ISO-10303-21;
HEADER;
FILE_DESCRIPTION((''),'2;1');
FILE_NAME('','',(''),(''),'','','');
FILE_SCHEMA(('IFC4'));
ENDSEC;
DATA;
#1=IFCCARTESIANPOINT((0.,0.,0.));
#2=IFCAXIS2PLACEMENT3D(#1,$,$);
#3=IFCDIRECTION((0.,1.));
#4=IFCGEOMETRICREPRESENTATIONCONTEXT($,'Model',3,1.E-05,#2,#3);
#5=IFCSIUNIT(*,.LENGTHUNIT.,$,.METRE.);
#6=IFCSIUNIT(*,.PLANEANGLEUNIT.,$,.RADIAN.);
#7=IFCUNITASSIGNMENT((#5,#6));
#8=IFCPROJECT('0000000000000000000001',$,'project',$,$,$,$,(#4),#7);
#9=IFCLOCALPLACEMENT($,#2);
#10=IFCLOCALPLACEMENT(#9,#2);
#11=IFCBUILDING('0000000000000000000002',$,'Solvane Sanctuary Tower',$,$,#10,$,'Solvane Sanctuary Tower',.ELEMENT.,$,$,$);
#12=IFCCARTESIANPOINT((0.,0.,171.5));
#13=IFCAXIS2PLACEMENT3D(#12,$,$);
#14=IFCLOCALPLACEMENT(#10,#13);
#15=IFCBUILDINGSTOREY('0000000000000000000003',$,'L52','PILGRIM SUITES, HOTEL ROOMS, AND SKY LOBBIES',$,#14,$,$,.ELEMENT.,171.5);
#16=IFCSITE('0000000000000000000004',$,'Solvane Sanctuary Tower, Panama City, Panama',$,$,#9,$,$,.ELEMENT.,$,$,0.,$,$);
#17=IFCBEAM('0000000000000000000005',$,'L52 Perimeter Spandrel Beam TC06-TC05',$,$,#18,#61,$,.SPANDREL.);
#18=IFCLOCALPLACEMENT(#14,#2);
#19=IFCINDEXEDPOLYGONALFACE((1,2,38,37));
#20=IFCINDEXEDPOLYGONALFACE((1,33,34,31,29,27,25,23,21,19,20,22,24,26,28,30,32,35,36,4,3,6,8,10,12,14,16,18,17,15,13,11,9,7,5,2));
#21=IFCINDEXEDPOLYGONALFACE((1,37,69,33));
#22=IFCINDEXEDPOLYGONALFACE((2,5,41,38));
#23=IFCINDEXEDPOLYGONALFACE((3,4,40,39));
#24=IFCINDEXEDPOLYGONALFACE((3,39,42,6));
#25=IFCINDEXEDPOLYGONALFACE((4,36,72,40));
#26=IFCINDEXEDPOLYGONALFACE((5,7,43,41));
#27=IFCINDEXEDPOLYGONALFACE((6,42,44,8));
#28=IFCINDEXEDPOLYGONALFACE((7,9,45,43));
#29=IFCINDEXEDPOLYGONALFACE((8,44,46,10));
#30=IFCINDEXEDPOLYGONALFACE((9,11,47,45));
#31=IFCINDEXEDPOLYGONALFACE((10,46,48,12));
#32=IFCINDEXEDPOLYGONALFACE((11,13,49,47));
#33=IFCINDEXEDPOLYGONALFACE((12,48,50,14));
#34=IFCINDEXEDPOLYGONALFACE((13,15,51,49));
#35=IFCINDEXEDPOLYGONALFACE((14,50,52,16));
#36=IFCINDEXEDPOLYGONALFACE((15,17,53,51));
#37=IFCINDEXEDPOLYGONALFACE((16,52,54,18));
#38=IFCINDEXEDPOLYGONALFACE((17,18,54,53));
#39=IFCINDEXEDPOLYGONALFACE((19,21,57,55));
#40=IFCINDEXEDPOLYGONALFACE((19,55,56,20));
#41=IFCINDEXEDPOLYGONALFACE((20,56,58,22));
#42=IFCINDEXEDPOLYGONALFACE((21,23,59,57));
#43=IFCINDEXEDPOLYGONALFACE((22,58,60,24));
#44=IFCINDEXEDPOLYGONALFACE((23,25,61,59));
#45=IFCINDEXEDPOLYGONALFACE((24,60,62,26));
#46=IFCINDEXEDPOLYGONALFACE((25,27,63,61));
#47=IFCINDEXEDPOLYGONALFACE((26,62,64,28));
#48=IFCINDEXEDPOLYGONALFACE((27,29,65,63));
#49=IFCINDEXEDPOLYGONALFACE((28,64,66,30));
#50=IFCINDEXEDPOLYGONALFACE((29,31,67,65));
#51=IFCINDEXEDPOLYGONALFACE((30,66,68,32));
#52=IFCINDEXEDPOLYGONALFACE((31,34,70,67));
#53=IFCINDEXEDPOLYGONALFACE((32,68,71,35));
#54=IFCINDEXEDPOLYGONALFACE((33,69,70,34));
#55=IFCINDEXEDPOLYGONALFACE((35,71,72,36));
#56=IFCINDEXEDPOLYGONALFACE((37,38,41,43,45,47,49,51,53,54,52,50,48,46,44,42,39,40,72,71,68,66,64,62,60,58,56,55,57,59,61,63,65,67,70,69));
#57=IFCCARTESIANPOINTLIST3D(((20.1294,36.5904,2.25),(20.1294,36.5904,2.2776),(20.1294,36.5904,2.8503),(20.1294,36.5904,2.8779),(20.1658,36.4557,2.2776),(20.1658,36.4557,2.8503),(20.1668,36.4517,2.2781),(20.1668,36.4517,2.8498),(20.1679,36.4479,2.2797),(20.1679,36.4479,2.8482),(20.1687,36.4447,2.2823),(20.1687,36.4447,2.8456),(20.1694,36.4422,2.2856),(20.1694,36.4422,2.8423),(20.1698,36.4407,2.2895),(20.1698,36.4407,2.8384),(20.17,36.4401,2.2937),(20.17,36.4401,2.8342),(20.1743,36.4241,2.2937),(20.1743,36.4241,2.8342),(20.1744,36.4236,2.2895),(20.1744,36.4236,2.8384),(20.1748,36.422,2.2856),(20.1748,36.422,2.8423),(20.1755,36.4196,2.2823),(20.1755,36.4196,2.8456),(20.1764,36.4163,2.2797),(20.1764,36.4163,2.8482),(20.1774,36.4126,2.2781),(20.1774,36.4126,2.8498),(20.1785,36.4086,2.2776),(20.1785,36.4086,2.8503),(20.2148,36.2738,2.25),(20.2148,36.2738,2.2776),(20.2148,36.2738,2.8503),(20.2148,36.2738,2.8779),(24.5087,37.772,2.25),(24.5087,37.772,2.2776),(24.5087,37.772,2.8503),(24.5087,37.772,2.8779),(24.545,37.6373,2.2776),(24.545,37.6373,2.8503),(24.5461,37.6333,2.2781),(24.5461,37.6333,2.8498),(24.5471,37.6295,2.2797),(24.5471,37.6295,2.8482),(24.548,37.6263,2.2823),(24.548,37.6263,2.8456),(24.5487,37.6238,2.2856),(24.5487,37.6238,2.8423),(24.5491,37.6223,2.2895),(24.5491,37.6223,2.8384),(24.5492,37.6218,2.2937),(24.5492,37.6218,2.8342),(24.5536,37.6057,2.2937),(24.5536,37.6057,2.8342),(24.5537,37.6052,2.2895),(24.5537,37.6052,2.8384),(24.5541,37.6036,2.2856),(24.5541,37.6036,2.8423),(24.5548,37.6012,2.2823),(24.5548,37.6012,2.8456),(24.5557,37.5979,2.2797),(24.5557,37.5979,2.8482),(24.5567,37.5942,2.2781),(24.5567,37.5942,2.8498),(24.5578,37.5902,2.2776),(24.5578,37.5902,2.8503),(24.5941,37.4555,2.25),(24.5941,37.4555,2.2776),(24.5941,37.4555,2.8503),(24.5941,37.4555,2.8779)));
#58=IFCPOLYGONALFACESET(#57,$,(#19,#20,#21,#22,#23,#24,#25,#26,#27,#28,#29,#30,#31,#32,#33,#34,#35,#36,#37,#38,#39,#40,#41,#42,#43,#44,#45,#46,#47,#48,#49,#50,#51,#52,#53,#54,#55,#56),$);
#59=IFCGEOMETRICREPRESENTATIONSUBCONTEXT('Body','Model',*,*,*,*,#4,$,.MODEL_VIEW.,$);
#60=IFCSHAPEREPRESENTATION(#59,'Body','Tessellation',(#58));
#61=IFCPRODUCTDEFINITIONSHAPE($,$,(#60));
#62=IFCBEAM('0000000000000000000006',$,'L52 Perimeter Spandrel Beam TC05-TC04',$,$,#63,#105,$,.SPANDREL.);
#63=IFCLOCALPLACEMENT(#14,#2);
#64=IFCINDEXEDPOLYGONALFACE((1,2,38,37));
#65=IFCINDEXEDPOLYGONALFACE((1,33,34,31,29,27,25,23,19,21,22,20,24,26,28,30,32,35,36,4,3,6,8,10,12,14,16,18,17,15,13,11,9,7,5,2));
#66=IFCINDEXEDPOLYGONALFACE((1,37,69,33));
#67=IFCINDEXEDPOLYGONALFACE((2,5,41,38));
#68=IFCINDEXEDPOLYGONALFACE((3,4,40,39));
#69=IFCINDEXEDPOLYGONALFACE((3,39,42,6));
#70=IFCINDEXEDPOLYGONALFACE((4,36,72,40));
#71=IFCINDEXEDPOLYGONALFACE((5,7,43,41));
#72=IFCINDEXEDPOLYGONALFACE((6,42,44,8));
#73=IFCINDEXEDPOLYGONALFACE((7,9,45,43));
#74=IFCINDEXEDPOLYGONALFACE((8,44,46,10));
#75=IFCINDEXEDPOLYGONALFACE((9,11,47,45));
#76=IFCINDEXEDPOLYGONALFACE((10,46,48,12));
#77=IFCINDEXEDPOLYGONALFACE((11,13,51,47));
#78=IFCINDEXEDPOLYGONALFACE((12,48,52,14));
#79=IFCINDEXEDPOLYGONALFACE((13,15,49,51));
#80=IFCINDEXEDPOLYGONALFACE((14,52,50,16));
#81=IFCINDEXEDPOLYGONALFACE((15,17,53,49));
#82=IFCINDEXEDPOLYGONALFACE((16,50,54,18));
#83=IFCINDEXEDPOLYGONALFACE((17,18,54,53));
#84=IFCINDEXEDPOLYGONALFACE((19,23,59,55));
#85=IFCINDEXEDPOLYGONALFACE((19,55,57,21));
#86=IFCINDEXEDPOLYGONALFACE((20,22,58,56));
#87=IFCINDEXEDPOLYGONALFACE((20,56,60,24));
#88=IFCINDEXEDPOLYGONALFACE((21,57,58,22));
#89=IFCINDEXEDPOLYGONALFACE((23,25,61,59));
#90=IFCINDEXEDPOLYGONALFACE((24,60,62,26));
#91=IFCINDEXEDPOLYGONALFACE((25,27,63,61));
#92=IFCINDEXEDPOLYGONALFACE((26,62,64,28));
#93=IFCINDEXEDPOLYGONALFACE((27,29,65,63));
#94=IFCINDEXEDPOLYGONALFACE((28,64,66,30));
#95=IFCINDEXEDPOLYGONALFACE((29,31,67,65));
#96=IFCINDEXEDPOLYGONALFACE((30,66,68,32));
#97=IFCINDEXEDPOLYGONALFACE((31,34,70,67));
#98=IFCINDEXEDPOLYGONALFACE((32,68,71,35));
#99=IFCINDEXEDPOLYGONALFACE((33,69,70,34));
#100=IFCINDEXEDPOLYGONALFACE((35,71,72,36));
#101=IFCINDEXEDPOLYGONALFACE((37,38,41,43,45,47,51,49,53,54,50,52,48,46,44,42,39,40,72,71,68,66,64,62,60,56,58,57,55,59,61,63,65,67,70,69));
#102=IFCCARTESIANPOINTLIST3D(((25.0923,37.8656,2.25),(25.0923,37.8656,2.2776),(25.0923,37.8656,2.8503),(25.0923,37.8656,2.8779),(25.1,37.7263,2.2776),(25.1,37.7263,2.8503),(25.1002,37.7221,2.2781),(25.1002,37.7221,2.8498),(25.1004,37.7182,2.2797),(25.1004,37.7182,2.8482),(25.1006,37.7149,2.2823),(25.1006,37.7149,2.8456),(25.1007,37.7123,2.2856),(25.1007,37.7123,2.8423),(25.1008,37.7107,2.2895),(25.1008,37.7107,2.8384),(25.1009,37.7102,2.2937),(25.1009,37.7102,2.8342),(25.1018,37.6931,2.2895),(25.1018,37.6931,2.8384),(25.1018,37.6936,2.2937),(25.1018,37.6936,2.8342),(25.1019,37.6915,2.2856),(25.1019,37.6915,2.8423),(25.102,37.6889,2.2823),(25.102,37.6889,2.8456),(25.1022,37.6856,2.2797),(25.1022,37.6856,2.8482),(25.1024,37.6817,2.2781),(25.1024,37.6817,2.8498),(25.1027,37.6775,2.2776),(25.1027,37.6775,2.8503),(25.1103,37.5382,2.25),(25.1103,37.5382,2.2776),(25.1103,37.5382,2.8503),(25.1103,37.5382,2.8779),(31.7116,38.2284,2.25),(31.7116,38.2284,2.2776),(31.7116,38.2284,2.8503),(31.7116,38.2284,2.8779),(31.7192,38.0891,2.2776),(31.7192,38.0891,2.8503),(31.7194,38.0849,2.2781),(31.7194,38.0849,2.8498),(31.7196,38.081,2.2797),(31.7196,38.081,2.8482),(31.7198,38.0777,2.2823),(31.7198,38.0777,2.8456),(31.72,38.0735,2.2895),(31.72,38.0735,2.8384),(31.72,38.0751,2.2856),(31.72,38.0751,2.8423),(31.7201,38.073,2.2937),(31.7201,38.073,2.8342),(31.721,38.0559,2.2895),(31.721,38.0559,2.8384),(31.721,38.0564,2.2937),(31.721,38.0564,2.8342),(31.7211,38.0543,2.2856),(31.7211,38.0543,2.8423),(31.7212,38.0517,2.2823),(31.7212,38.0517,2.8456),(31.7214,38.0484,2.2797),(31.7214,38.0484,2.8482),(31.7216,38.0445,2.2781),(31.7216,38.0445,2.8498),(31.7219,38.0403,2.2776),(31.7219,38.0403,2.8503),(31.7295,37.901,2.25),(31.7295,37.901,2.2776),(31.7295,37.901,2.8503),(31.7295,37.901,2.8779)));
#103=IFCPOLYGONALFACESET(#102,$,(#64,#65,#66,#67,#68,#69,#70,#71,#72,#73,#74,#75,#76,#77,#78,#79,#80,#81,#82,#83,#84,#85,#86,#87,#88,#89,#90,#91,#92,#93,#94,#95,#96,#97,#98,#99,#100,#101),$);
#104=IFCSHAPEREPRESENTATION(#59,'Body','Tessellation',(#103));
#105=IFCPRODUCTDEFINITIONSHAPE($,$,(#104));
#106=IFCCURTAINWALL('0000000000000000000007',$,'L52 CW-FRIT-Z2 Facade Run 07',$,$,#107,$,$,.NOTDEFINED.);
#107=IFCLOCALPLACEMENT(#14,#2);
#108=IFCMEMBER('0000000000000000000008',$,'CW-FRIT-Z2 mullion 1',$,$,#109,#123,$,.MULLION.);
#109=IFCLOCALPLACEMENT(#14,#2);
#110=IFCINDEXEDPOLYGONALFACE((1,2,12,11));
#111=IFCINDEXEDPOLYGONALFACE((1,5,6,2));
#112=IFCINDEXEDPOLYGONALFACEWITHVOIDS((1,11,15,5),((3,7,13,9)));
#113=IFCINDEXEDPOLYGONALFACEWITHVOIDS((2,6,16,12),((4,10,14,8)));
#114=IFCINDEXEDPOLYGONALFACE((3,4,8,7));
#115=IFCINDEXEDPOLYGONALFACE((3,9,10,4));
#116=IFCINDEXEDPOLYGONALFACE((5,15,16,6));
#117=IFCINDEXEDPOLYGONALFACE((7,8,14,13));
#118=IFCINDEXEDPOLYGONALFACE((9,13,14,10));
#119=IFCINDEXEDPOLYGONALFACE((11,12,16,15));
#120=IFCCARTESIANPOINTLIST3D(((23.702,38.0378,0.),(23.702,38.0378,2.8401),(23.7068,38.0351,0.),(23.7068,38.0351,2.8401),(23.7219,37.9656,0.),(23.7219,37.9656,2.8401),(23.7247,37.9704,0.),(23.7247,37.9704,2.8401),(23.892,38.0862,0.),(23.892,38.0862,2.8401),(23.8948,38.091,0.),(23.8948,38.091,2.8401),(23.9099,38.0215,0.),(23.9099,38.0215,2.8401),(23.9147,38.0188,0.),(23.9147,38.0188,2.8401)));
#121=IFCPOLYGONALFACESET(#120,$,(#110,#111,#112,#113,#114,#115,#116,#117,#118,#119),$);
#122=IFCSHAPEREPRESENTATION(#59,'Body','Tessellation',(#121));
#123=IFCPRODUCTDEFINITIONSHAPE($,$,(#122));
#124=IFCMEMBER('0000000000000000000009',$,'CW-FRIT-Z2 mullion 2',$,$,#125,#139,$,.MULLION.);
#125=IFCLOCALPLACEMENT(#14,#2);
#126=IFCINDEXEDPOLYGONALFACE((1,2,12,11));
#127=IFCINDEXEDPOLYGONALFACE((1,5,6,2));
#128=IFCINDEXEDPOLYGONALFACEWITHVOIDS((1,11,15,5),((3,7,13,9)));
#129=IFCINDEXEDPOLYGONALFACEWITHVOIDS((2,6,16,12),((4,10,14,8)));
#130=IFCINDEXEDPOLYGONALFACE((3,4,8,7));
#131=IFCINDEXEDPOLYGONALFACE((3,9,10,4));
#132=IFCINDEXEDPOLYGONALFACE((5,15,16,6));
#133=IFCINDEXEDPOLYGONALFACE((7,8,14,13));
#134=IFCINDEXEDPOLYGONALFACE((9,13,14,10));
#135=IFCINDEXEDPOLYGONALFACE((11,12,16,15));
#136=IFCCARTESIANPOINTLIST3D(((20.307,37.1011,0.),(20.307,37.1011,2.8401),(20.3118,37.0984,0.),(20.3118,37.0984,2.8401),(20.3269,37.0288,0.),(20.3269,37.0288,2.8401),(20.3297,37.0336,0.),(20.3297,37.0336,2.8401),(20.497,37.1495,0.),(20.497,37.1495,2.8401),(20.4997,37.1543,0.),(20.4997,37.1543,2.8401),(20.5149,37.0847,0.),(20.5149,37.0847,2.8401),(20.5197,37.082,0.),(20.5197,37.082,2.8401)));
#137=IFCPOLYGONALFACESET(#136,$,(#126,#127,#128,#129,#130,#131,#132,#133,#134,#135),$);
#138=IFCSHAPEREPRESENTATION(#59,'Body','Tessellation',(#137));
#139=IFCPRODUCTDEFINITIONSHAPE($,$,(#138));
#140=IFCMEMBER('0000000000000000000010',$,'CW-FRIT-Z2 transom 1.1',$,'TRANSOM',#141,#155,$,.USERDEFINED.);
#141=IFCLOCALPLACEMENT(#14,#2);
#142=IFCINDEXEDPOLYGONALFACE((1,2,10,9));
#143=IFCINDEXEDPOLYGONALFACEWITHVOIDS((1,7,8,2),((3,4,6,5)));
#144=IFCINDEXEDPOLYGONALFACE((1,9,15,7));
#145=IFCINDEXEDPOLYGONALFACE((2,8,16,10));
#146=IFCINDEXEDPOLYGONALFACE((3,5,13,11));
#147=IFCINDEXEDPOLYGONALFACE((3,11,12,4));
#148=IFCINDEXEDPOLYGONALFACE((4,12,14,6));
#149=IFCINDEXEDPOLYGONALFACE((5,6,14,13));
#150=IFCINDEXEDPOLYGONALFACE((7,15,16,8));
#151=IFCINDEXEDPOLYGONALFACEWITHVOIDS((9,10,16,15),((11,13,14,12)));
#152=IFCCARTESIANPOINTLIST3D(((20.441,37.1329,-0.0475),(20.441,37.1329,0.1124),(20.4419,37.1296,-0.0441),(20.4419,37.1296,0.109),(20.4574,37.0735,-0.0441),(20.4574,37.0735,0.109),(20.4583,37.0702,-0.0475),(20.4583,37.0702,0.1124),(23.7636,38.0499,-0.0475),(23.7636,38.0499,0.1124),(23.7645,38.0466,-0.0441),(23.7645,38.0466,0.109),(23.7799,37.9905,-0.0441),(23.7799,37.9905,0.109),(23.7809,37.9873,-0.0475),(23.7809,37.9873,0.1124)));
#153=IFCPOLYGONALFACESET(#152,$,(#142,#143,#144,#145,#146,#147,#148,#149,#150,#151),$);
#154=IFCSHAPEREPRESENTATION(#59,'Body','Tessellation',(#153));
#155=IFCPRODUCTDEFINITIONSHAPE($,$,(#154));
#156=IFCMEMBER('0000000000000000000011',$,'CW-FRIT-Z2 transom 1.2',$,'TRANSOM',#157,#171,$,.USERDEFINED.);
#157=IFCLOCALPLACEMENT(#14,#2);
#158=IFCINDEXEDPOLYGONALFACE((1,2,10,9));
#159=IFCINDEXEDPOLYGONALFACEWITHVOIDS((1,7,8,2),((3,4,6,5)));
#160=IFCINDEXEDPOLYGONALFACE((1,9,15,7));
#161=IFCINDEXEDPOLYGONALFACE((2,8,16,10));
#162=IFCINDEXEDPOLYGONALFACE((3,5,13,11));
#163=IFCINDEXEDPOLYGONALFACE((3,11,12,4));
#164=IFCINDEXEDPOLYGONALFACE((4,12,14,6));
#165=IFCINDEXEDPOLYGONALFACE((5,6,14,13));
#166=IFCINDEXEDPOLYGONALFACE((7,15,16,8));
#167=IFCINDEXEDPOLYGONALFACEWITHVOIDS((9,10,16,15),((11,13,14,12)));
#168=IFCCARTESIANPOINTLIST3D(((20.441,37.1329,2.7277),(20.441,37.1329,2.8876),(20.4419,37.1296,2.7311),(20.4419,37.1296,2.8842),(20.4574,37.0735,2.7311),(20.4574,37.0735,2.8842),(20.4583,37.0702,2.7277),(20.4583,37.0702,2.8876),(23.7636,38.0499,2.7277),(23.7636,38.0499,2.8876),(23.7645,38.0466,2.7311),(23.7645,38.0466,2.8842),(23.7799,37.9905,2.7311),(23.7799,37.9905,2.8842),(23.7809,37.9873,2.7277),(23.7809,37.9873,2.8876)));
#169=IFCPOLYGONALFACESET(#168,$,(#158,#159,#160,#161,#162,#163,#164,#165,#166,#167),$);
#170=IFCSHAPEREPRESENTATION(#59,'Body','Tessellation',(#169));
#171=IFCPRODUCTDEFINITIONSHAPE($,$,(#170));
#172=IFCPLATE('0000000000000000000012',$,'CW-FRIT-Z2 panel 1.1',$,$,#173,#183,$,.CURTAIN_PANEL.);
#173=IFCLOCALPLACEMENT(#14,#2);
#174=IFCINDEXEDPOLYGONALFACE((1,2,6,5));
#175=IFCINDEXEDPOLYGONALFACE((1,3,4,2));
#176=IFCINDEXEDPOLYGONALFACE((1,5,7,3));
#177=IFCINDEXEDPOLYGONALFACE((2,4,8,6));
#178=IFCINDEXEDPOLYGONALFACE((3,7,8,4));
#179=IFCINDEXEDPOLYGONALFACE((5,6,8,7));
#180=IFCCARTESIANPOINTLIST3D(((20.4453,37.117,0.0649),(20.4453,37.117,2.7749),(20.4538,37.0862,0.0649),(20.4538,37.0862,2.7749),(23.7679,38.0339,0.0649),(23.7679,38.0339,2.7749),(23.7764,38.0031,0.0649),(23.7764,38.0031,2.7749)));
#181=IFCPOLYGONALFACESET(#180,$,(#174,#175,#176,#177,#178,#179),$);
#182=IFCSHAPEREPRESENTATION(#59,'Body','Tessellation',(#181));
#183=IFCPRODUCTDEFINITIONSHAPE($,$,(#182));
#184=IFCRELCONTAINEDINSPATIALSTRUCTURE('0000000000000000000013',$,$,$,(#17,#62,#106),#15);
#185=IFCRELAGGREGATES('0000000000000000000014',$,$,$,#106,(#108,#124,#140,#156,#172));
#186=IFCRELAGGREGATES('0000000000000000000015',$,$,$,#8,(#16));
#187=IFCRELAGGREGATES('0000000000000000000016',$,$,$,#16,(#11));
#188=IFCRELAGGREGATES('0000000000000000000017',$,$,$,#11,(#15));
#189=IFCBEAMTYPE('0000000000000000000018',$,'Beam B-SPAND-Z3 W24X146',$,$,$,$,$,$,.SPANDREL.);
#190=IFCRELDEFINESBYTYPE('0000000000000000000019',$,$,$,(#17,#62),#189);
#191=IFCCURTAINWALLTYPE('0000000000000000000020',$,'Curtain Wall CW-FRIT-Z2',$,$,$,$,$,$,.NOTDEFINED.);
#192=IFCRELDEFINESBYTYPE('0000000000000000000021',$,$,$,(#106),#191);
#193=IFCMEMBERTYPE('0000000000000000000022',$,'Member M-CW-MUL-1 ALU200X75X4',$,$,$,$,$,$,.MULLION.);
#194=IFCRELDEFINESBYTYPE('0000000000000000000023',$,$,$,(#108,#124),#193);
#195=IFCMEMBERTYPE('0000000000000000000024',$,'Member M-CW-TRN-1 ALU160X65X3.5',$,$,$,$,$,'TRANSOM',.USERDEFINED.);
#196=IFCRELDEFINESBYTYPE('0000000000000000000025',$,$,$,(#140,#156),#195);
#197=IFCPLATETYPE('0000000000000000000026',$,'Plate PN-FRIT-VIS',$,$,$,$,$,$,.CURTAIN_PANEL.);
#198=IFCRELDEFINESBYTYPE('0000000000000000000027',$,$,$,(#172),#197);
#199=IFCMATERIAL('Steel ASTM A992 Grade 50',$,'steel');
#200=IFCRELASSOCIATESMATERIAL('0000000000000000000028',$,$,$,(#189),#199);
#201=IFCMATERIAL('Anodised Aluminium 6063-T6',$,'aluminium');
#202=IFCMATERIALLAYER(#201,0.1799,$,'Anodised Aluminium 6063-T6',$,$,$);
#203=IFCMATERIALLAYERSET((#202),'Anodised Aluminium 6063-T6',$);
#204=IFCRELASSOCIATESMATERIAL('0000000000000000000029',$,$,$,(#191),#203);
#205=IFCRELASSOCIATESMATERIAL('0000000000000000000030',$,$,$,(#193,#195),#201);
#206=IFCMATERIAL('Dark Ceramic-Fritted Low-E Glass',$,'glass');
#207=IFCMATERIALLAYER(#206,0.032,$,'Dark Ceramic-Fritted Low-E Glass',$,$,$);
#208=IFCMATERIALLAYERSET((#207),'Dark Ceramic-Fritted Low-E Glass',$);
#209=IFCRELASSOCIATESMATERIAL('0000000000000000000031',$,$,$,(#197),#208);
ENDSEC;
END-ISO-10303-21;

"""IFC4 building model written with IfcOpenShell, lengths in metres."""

from ifc_helpers import new_model, si_unit, direction, frame, origin, origin_2d, place, context, subcontext, project, spatial, rectangle, hollow_rectangle, i_section, extrude, material, layer, layer_set, material_profile, profile_set, type_object, element, aggregate, save


model = new_model("IFC4")

# Units and contexts
model_context = context("Model", 3, precision=1e-05, world=origin(), true_north=direction((0.0, 1.0)))
body_context = subcontext(model_context, "Body", "Model", "MODEL_VIEW")
ifc_project = project(units=[si_unit("LENGTHUNIT", "METRE"), si_unit("PLANEANGLEUNIT", "RADIAN")], contexts=[model_context])

# Site, building, storey
site_placement = place(None, origin())
site = spatial("IfcSite", under=ifc_project, at=site_placement, Name="Solvane Sanctuary Tower, Panama City, Panama", CompositionType="ELEMENT", RefElevation=0.0)
building_placement = place(site_placement, origin())
building = spatial("IfcBuilding", under=site, at=building_placement, Name="Solvane Sanctuary Tower", LongName="Solvane Sanctuary Tower", CompositionType="ELEMENT")
storey_placement = place(building_placement, frame((0.0, 0.0, 171.5)))
storey = spatial("IfcBuildingStorey", under=building, at=storey_placement, Name="L52", Description="PILGRIM SUITES, HOTEL ROOMS, AND SKY LOBBIES", CompositionType="ELEMENT", Elevation=171.5)

# Beams
ifc_material_1 = material(Name="Steel ASTM A992 Grade 50", Category="steel")
ifc_material_profile_1 = material_profile(ifc_material_1, i_section(OverallWidth=0.3279, OverallDepth=0.6279, WebThickness=0.0166, FlangeThickness=0.0276, FilletRadius=0.0161, at=origin_2d()), Name="W24X146")
ifc_profile_set_1 = profile_set([ifc_material_profile_1], Name="Steel ASTM A992 Grade 50")
beam_type_1 = type_object("IfcBeamType", Name="Beam B-SPAND-Z3 W24X146", PredefinedType="SPANDREL", material=ifc_profile_set_1)
beam_1_placement = place(storey_placement, frame((20.1721, 36.4321, 2.564), z_axis=(0.965473, 0.260502, 0.0), x_axis=(-0.260502, 0.965473, 0.0)))
element("IfcBeam", 1, at=beam_1_placement, inside=storey, type_object=beam_type_1, Name="L52 Perimeter Spandrel Beam TC06-TC05", PredefinedType="SPANDREL", context=body_context, shape_type="SweptSolid", body=[
    extrude(i_section(OverallWidth=0.3279, OverallDepth=0.6279, WebThickness=0.0166, FlangeThickness=0.0276, FilletRadius=0.0161, at=origin_2d()), origin(), (0.0, 0.0, 1.0), 4.5359),
])
beam_2_placement = place(storey_placement, frame((25.1013, 37.7019, 2.564), z_axis=(0.998501, 0.054728, 0.0), x_axis=(-0.054728, 0.998501, 0.0)))
element("IfcBeam", 2, at=beam_2_placement, inside=storey, type_object=beam_type_1, Name="L52 Perimeter Spandrel Beam TC05-TC04", PredefinedType="SPANDREL", context=body_context, shape_type="SweptSolid", body=[
    extrude(i_section(OverallWidth=0.3279, OverallDepth=0.6279, WebThickness=0.0166, FlangeThickness=0.0276, FilletRadius=0.0161, at=origin_2d()), origin(), (0.0, 0.0, 1.0), 6.6292),
])

# Curtain wall, members, plate
ifc_material_2 = material(Name="Anodised Aluminium 6063-T6", Category="aluminium")
ifc_layer_1 = layer(ifc_material_2, 0.1799, Name="Anodised Aluminium 6063-T6")
ifc_layer_set_1 = layer_set([ifc_layer_1], Name="Anodised Aluminium 6063-T6")
curtain_wall_type = type_object("IfcCurtainWallType", Name="Curtain Wall CW-FRIT-Z2", PredefinedType="NOTDEFINED", material=ifc_layer_set_1)
curtain_wall_placement = place(storey_placement, origin())
curtain_wall = element("IfcCurtainWall", 3, at=curtain_wall_placement, inside=storey, type_object=curtain_wall_type, Name="L52 CW-FRIT-Z2 Facade Run 07", PredefinedType="NOTDEFINED")
ifc_material_profile_2 = material_profile(ifc_material_2, hollow_rectangle(XDim=0.075, YDim=0.2, WallThickness=0.0039, at=origin_2d()), Name="ALU200X75X4")
ifc_profile_set_2 = profile_set([ifc_material_profile_2], Name="Anodised Aluminium 6063-T6")
member_type_1 = type_object("IfcMemberType", Name="Member M-CW-MUL-1 ALU200X75X4", PredefinedType="MULLION", material=ifc_profile_set_2)
member_1_placement = place(storey_placement, frame((23.8083, 38.0283, 0.0), z_axis=(0.0, 0.0, 1.0), x_axis=(0.266022, -0.963967, 0.0)))
member_1 = element("IfcMember", 4, at=member_1_placement, type_object=member_type_1, Name="CW-FRIT-Z2 mullion 1", PredefinedType="MULLION", context=body_context, shape_type="SweptSolid", body=[
    extrude(hollow_rectangle(XDim=0.075, YDim=0.2, WallThickness=0.0039, at=origin_2d()), origin(), (0.0, 0.0, 1.0), 2.8401),
])
member_2_placement = place(storey_placement, frame((20.4133, 37.0916, 0.0), z_axis=(0.0, 0.0, 1.0), x_axis=(0.266022, -0.963967, 0.0)))
member_2 = element("IfcMember", 5, at=member_2_placement, type_object=member_type_1, Name="CW-FRIT-Z2 mullion 2", PredefinedType="MULLION", context=body_context, shape_type="SweptSolid", body=[
    extrude(hollow_rectangle(XDim=0.075, YDim=0.2, WallThickness=0.0039, at=origin_2d()), origin(), (0.0, 0.0, 1.0), 2.8401),
])
ifc_material_profile_3 = material_profile(ifc_material_2, hollow_rectangle(XDim=0.0649, YDim=0.1599, WallThickness=0.0034, at=origin_2d()), Name="ALU160X65X3.5")
ifc_profile_set_3 = profile_set([ifc_material_profile_3], Name="Anodised Aluminium 6063-T6")
member_type_2 = type_object("IfcMemberType", Name="Member M-CW-TRN-1 ALU160X65X3.5", ElementType="TRANSOM", PredefinedType="USERDEFINED", material=ifc_profile_set_3)
member_3_placement = place(storey_placement, frame((23.7722, 38.0186, 0.0325), z_axis=(-0.96396, -0.266047, 0.0), x_axis=(0.266047, -0.96396, 0.0)))
member_3 = element("IfcMember", 6, at=member_3_placement, type_object=member_type_2, Name="CW-FRIT-Z2 transom 1.1", ObjectType="TRANSOM", PredefinedType="USERDEFINED", context=body_context, shape_type="SweptSolid", body=[
    extrude(hollow_rectangle(XDim=0.0649, YDim=0.1599, WallThickness=0.0034, at=origin_2d()), origin(), (0.0, 0.0, 1.0), 3.4468),
])
member_4_placement = place(storey_placement, frame((23.7722, 38.0186, 2.8076), z_axis=(-0.96396, -0.266047, 0.0), x_axis=(0.266047, -0.96396, 0.0)))
member_4 = element("IfcMember", 7, at=member_4_placement, type_object=member_type_2, Name="CW-FRIT-Z2 transom 1.2", ObjectType="TRANSOM", PredefinedType="USERDEFINED", context=body_context, shape_type="SweptSolid", body=[
    extrude(hollow_rectangle(XDim=0.0649, YDim=0.1599, WallThickness=0.0034, at=origin_2d()), origin(), (0.0, 0.0, 1.0), 3.4468),
])
ifc_material_3 = material(Name="Dark Ceramic-Fritted Low-E Glass", Category="glass")
ifc_layer_2 = layer(ifc_material_3, 0.032, Name="Dark Ceramic-Fritted Low-E Glass")
ifc_layer_set_2 = layer_set([ifc_layer_2], Name="Dark Ceramic-Fritted Low-E Glass")
plate_type = type_object("IfcPlateType", Name="Plate PN-FRIT-VIS", PredefinedType="CURTAIN_PANEL", material=ifc_layer_set_2)
plate_placement = place(storey_placement, frame((22.1108, 37.5601, 0.0649), z_axis=(0.0, 0.0, 1.0), x_axis=(-0.963967, -0.266022, 0.0)))
plate = element("IfcPlate", 8, at=plate_placement, type_object=plate_type, Name="CW-FRIT-Z2 panel 1.1", PredefinedType="CURTAIN_PANEL", context=body_context, shape_type="SweptSolid", body=[
    extrude(rectangle(XDim=3.4468, YDim=0.032, at=origin_2d()), origin(), (0.0, 0.0, 1.0), 2.71),
])
aggregate(curtain_wall, [member_1, member_2, member_3, member_4, plate])

save(model, "model.ifc")
